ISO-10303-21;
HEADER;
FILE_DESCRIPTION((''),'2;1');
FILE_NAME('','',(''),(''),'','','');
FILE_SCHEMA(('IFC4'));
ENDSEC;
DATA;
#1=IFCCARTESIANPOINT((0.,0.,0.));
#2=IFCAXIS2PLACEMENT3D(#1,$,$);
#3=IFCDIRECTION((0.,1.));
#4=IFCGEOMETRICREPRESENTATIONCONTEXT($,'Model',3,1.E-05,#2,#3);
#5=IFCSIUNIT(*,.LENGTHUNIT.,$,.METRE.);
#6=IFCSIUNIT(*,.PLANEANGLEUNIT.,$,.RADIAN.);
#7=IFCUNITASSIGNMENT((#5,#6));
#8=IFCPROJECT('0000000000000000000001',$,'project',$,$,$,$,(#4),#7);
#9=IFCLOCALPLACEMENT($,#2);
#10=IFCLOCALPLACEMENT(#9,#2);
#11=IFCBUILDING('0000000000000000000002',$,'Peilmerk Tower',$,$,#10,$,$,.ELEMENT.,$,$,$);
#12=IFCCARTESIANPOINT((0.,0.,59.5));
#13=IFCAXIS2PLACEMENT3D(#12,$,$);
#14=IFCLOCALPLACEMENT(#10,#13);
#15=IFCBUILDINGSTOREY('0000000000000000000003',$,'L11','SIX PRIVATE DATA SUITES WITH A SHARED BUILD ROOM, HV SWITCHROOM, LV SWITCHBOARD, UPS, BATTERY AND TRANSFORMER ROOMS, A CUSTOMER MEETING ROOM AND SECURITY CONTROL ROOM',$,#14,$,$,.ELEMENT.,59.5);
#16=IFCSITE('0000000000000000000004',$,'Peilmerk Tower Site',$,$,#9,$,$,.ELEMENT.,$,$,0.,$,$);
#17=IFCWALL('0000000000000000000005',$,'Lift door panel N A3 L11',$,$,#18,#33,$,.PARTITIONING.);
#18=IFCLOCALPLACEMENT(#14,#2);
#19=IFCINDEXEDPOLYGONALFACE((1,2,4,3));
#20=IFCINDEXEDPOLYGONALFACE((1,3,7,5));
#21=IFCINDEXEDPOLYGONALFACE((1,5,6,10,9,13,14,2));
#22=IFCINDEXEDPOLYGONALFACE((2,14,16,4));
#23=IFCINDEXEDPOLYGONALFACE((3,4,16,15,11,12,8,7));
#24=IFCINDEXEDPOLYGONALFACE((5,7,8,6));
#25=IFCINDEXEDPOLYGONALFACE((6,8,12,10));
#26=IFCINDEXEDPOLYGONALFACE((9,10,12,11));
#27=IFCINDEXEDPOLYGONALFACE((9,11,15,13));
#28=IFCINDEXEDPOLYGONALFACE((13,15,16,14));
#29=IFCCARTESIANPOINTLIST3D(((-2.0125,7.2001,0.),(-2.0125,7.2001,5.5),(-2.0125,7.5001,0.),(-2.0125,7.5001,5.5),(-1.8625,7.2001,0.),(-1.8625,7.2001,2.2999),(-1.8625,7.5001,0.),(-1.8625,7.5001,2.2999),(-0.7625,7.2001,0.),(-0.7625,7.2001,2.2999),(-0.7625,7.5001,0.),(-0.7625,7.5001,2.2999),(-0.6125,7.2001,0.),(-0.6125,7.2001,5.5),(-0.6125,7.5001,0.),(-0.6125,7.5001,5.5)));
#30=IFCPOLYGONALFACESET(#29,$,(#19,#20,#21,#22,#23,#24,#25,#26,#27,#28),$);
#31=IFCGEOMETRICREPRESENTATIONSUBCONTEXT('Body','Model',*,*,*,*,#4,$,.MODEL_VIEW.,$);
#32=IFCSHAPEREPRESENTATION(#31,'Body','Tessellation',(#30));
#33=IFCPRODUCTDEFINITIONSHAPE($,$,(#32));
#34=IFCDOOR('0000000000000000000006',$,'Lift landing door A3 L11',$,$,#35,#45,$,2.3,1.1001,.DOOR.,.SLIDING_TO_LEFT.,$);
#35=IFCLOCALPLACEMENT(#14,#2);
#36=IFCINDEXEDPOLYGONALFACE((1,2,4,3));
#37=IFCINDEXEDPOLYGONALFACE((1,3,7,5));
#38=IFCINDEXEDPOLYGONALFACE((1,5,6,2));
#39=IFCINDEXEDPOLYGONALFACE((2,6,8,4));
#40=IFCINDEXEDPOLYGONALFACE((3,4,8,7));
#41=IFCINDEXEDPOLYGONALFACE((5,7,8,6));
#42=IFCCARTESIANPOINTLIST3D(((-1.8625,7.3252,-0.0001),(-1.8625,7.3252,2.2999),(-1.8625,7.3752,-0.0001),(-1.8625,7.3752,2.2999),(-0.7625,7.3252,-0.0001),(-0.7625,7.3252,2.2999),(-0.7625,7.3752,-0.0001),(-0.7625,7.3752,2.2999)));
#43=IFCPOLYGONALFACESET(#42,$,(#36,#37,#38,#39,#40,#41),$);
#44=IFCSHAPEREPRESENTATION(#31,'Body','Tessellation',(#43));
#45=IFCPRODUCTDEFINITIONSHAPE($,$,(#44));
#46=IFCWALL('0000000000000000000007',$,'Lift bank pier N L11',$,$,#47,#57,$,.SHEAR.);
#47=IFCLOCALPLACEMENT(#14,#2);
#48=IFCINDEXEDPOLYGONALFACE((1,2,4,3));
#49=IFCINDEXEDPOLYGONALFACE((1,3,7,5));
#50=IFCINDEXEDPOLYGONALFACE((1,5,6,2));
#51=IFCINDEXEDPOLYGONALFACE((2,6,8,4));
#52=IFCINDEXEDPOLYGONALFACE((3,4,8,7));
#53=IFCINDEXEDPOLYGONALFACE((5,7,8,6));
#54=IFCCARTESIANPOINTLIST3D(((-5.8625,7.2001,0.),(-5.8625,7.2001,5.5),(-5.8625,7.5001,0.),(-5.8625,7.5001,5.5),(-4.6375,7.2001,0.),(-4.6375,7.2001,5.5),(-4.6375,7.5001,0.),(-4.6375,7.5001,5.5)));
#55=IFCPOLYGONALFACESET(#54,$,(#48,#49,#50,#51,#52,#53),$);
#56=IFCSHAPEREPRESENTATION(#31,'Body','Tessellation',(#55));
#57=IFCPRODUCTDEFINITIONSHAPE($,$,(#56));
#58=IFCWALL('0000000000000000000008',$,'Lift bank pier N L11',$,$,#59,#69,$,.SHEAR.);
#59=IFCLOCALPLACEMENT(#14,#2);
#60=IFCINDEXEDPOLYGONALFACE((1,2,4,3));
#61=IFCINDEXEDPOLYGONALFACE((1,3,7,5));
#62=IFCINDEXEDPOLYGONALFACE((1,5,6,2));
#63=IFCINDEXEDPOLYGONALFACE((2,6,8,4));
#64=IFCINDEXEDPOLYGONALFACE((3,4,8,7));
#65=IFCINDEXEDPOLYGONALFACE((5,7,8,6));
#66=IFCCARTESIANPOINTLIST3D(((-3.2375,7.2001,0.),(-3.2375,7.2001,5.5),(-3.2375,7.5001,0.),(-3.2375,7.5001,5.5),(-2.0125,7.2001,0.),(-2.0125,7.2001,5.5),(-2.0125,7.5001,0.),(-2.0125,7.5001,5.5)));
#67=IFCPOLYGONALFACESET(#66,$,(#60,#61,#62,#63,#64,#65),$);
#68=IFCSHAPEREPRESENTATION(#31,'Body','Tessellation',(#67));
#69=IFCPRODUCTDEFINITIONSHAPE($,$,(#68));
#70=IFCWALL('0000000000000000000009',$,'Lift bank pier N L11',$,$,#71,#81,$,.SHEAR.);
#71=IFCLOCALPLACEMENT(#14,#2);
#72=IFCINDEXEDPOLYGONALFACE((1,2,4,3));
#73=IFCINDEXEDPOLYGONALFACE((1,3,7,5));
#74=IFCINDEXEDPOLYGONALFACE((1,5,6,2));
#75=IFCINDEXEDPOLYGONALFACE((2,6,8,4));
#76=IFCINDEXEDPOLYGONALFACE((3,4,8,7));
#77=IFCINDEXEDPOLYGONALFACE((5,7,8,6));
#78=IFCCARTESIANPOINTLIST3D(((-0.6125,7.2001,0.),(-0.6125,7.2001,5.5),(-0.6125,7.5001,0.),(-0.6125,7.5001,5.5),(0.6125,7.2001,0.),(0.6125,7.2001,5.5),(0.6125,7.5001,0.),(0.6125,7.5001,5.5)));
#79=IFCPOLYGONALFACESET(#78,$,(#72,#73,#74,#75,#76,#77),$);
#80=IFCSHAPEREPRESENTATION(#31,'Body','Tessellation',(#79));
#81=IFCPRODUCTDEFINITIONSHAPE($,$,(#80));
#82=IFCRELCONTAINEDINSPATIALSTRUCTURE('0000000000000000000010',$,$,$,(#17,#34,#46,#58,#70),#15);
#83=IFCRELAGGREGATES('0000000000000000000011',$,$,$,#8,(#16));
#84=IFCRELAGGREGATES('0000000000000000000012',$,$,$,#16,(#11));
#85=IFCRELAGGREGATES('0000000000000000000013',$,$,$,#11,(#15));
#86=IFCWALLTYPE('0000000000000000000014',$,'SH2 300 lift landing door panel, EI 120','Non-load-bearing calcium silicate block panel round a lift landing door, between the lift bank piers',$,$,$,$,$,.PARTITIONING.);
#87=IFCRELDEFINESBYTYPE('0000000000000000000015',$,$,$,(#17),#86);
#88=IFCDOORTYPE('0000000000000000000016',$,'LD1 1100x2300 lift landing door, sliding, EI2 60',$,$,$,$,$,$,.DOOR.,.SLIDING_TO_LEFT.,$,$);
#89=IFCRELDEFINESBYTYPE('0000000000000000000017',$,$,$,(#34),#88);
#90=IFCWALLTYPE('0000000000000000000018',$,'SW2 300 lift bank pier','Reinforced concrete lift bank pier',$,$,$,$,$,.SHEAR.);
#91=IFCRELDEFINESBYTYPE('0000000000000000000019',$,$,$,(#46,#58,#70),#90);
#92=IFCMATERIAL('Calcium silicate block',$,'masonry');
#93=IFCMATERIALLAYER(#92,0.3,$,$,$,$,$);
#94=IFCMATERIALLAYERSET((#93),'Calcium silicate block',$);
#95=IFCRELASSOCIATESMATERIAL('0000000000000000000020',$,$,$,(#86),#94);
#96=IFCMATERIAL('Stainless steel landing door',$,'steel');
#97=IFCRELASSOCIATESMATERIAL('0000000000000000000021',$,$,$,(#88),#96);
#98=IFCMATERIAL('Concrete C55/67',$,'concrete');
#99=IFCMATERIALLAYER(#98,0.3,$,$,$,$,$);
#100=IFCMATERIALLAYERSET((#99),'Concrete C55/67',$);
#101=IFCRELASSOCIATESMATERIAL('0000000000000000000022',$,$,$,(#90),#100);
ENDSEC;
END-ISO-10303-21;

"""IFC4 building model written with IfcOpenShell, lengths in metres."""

from ifc_helpers import new_model, si_unit, direction, frame, frame_2d, origin, place, context, subcontext, project, spatial, rectangle, extrude, material, layer, layer_set, type_object, element, fill, save


model = new_model("IFC4")

# Units and contexts
model_context = context("Model", 3, precision=1e-05, world=origin(), true_north=direction((0.0, 1.0)))
body_context = subcontext(model_context, "Body", "Model", "MODEL_VIEW")
ifc_project = project(units=[si_unit("LENGTHUNIT", "METRE"), si_unit("PLANEANGLEUNIT", "RADIAN")], contexts=[model_context])

# Site, building, storey
site_placement = place(None, origin())
site = spatial("IfcSite", under=ifc_project, at=site_placement, Name="Peilmerk Tower Site", CompositionType="ELEMENT", RefElevation=0.0)
building_placement = place(site_placement, origin())
building = spatial("IfcBuilding", under=site, at=building_placement, Name="Peilmerk Tower", CompositionType="ELEMENT")
storey_placement = place(building_placement, frame((0.0, 0.0, 59.5)))
storey = spatial("IfcBuildingStorey", under=building, at=storey_placement, Name="L11", Description="SIX PRIVATE DATA SUITES WITH A SHARED BUILD ROOM, HV SWITCHROOM, LV SWITCHBOARD, UPS, BATTERY AND TRANSFORMER ROOMS, A CUSTOMER MEETING ROOM AND SECURITY CONTROL ROOM", CompositionType="ELEMENT", Elevation=59.5)

# Shared definitions
ifc_material_1 = material(Name="Calcium silicate block", Category="masonry")

# Wall, opening, door
ifc_layer_1 = layer(ifc_material_1, 0.3)
ifc_layer_set_1 = layer_set([ifc_layer_1], Name="Calcium silicate block")
wall_type_1 = type_object("IfcWallType", Name="SH2 300 lift landing door panel, EI 120", Description="Non-load-bearing calcium silicate block panel round a lift landing door, between the lift bank piers", PredefinedType="PARTITIONING", material=ifc_layer_set_1)
ifc_material_2 = material(Name="Stainless steel landing door", Category="steel")
door_type = type_object("IfcDoorType", Name="LD1 1100x2300 lift landing door, sliding, EI2 60", OperationType="SLIDING_TO_LEFT", PredefinedType="DOOR", material=ifc_material_2)
wall_1_placement = place(storey_placement, frame((-2.0125, 7.3501, 0.0), z_axis=(0.0, 0.0, 1.0), x_axis=(1.0, 0.0, 0.0)))
wall_1 = element("IfcWall", 1, at=wall_1_placement, inside=storey, type_object=wall_type_1, Name="Lift door panel N A3 L11", PredefinedType="PARTITIONING", context=body_context, shape_type="SweptSolid", body=[
    extrude(rectangle(XDim=1.3999, YDim=0.3, at=frame_2d((0.7, 0.0))), origin(), (0.0, 0.0, 1.0), 5.5),
])
opening_1_placement = place(wall_1_placement, frame((0.1499, 0.0, 0.0)))
opening_1 = element("IfcOpeningElement", 2, at=opening_1_placement, cuts=wall_1, PredefinedType="OPENING", context=body_context, shape_type="SweptSolid", body=[
    extrude(rectangle(XDim=1.1001, YDim=2.3, at=frame_2d((0.55, 1.1499))), frame((0.0, 0.1599, 0.0), z_axis=(0.0, -1.0, 0.0), x_axis=(1.0, 0.0, 0.0)), (0.0, 0.0, 1.0), 0.3201),
])
door_1_placement = place(opening_1_placement, frame((1.1001, 0.0, 0.0), z_axis=(0.0, 0.0, 1.0), x_axis=(-1.0, 0.0, 0.0)))
door_1 = element("IfcDoor", 3, at=door_1_placement, inside=storey, type_object=door_type, Name="Lift landing door A3 L11", OperationType="SLIDING_TO_LEFT", OverallHeight=2.3, OverallWidth=1.1001, PredefinedType="DOOR", context=body_context, shape_type="SweptSolid", body=[
    extrude(rectangle(XDim=1.1001, YDim=2.3, at=frame_2d((0.55, 1.1499))), frame((0.0, 0.0249, 0.0), z_axis=(0.0, -1.0, 0.0), x_axis=(1.0, 0.0, 0.0)), (0.0, 0.0, 1.0), 0.05),
])
fill(opening_1, door_1)

# Walls
ifc_material_3 = material(Name="Concrete C55/67", Category="concrete")
ifc_layer_2 = layer(ifc_material_3, 0.3)
ifc_layer_set_2 = layer_set([ifc_layer_2], Name="Concrete C55/67")
wall_type_2 = type_object("IfcWallType", Name="SW2 300 lift bank pier", Description="Reinforced concrete lift bank pier", PredefinedType="SHEAR", material=ifc_layer_set_2)
for number, where, z_axis, x_axis, name in (
    (4, (-5.8625, 7.3501, 0.0), (0.0, 0.0, 1.0), (1.0, 0.0, 0.0), "Lift bank pier N L11"),
    (5, (-3.2375, 7.3501, 0.0), (0.0, 0.0, 1.0), (1.0, 0.0, 0.0), "Lift bank pier N L11"),
    (6, (-0.6125, 7.3501, 0.0), (0.0, 0.0, 1.0), (1.0, 0.0, 0.0), "Lift bank pier N L11"),
):
    element("IfcWall", number, at=place(storey_placement, frame(where, z_axis=z_axis, x_axis=x_axis)), inside=storey, type_object=wall_type_2, Name=name, PredefinedType="SHEAR", context=body_context, shape_type="SweptSolid", body=[
        extrude(rectangle(XDim=1.2251, YDim=0.3, at=frame_2d((0.6125, 0.0))), origin(), (0.0, 0.0, 1.0), 5.5),
    ])

save(model, "model.ifc")
